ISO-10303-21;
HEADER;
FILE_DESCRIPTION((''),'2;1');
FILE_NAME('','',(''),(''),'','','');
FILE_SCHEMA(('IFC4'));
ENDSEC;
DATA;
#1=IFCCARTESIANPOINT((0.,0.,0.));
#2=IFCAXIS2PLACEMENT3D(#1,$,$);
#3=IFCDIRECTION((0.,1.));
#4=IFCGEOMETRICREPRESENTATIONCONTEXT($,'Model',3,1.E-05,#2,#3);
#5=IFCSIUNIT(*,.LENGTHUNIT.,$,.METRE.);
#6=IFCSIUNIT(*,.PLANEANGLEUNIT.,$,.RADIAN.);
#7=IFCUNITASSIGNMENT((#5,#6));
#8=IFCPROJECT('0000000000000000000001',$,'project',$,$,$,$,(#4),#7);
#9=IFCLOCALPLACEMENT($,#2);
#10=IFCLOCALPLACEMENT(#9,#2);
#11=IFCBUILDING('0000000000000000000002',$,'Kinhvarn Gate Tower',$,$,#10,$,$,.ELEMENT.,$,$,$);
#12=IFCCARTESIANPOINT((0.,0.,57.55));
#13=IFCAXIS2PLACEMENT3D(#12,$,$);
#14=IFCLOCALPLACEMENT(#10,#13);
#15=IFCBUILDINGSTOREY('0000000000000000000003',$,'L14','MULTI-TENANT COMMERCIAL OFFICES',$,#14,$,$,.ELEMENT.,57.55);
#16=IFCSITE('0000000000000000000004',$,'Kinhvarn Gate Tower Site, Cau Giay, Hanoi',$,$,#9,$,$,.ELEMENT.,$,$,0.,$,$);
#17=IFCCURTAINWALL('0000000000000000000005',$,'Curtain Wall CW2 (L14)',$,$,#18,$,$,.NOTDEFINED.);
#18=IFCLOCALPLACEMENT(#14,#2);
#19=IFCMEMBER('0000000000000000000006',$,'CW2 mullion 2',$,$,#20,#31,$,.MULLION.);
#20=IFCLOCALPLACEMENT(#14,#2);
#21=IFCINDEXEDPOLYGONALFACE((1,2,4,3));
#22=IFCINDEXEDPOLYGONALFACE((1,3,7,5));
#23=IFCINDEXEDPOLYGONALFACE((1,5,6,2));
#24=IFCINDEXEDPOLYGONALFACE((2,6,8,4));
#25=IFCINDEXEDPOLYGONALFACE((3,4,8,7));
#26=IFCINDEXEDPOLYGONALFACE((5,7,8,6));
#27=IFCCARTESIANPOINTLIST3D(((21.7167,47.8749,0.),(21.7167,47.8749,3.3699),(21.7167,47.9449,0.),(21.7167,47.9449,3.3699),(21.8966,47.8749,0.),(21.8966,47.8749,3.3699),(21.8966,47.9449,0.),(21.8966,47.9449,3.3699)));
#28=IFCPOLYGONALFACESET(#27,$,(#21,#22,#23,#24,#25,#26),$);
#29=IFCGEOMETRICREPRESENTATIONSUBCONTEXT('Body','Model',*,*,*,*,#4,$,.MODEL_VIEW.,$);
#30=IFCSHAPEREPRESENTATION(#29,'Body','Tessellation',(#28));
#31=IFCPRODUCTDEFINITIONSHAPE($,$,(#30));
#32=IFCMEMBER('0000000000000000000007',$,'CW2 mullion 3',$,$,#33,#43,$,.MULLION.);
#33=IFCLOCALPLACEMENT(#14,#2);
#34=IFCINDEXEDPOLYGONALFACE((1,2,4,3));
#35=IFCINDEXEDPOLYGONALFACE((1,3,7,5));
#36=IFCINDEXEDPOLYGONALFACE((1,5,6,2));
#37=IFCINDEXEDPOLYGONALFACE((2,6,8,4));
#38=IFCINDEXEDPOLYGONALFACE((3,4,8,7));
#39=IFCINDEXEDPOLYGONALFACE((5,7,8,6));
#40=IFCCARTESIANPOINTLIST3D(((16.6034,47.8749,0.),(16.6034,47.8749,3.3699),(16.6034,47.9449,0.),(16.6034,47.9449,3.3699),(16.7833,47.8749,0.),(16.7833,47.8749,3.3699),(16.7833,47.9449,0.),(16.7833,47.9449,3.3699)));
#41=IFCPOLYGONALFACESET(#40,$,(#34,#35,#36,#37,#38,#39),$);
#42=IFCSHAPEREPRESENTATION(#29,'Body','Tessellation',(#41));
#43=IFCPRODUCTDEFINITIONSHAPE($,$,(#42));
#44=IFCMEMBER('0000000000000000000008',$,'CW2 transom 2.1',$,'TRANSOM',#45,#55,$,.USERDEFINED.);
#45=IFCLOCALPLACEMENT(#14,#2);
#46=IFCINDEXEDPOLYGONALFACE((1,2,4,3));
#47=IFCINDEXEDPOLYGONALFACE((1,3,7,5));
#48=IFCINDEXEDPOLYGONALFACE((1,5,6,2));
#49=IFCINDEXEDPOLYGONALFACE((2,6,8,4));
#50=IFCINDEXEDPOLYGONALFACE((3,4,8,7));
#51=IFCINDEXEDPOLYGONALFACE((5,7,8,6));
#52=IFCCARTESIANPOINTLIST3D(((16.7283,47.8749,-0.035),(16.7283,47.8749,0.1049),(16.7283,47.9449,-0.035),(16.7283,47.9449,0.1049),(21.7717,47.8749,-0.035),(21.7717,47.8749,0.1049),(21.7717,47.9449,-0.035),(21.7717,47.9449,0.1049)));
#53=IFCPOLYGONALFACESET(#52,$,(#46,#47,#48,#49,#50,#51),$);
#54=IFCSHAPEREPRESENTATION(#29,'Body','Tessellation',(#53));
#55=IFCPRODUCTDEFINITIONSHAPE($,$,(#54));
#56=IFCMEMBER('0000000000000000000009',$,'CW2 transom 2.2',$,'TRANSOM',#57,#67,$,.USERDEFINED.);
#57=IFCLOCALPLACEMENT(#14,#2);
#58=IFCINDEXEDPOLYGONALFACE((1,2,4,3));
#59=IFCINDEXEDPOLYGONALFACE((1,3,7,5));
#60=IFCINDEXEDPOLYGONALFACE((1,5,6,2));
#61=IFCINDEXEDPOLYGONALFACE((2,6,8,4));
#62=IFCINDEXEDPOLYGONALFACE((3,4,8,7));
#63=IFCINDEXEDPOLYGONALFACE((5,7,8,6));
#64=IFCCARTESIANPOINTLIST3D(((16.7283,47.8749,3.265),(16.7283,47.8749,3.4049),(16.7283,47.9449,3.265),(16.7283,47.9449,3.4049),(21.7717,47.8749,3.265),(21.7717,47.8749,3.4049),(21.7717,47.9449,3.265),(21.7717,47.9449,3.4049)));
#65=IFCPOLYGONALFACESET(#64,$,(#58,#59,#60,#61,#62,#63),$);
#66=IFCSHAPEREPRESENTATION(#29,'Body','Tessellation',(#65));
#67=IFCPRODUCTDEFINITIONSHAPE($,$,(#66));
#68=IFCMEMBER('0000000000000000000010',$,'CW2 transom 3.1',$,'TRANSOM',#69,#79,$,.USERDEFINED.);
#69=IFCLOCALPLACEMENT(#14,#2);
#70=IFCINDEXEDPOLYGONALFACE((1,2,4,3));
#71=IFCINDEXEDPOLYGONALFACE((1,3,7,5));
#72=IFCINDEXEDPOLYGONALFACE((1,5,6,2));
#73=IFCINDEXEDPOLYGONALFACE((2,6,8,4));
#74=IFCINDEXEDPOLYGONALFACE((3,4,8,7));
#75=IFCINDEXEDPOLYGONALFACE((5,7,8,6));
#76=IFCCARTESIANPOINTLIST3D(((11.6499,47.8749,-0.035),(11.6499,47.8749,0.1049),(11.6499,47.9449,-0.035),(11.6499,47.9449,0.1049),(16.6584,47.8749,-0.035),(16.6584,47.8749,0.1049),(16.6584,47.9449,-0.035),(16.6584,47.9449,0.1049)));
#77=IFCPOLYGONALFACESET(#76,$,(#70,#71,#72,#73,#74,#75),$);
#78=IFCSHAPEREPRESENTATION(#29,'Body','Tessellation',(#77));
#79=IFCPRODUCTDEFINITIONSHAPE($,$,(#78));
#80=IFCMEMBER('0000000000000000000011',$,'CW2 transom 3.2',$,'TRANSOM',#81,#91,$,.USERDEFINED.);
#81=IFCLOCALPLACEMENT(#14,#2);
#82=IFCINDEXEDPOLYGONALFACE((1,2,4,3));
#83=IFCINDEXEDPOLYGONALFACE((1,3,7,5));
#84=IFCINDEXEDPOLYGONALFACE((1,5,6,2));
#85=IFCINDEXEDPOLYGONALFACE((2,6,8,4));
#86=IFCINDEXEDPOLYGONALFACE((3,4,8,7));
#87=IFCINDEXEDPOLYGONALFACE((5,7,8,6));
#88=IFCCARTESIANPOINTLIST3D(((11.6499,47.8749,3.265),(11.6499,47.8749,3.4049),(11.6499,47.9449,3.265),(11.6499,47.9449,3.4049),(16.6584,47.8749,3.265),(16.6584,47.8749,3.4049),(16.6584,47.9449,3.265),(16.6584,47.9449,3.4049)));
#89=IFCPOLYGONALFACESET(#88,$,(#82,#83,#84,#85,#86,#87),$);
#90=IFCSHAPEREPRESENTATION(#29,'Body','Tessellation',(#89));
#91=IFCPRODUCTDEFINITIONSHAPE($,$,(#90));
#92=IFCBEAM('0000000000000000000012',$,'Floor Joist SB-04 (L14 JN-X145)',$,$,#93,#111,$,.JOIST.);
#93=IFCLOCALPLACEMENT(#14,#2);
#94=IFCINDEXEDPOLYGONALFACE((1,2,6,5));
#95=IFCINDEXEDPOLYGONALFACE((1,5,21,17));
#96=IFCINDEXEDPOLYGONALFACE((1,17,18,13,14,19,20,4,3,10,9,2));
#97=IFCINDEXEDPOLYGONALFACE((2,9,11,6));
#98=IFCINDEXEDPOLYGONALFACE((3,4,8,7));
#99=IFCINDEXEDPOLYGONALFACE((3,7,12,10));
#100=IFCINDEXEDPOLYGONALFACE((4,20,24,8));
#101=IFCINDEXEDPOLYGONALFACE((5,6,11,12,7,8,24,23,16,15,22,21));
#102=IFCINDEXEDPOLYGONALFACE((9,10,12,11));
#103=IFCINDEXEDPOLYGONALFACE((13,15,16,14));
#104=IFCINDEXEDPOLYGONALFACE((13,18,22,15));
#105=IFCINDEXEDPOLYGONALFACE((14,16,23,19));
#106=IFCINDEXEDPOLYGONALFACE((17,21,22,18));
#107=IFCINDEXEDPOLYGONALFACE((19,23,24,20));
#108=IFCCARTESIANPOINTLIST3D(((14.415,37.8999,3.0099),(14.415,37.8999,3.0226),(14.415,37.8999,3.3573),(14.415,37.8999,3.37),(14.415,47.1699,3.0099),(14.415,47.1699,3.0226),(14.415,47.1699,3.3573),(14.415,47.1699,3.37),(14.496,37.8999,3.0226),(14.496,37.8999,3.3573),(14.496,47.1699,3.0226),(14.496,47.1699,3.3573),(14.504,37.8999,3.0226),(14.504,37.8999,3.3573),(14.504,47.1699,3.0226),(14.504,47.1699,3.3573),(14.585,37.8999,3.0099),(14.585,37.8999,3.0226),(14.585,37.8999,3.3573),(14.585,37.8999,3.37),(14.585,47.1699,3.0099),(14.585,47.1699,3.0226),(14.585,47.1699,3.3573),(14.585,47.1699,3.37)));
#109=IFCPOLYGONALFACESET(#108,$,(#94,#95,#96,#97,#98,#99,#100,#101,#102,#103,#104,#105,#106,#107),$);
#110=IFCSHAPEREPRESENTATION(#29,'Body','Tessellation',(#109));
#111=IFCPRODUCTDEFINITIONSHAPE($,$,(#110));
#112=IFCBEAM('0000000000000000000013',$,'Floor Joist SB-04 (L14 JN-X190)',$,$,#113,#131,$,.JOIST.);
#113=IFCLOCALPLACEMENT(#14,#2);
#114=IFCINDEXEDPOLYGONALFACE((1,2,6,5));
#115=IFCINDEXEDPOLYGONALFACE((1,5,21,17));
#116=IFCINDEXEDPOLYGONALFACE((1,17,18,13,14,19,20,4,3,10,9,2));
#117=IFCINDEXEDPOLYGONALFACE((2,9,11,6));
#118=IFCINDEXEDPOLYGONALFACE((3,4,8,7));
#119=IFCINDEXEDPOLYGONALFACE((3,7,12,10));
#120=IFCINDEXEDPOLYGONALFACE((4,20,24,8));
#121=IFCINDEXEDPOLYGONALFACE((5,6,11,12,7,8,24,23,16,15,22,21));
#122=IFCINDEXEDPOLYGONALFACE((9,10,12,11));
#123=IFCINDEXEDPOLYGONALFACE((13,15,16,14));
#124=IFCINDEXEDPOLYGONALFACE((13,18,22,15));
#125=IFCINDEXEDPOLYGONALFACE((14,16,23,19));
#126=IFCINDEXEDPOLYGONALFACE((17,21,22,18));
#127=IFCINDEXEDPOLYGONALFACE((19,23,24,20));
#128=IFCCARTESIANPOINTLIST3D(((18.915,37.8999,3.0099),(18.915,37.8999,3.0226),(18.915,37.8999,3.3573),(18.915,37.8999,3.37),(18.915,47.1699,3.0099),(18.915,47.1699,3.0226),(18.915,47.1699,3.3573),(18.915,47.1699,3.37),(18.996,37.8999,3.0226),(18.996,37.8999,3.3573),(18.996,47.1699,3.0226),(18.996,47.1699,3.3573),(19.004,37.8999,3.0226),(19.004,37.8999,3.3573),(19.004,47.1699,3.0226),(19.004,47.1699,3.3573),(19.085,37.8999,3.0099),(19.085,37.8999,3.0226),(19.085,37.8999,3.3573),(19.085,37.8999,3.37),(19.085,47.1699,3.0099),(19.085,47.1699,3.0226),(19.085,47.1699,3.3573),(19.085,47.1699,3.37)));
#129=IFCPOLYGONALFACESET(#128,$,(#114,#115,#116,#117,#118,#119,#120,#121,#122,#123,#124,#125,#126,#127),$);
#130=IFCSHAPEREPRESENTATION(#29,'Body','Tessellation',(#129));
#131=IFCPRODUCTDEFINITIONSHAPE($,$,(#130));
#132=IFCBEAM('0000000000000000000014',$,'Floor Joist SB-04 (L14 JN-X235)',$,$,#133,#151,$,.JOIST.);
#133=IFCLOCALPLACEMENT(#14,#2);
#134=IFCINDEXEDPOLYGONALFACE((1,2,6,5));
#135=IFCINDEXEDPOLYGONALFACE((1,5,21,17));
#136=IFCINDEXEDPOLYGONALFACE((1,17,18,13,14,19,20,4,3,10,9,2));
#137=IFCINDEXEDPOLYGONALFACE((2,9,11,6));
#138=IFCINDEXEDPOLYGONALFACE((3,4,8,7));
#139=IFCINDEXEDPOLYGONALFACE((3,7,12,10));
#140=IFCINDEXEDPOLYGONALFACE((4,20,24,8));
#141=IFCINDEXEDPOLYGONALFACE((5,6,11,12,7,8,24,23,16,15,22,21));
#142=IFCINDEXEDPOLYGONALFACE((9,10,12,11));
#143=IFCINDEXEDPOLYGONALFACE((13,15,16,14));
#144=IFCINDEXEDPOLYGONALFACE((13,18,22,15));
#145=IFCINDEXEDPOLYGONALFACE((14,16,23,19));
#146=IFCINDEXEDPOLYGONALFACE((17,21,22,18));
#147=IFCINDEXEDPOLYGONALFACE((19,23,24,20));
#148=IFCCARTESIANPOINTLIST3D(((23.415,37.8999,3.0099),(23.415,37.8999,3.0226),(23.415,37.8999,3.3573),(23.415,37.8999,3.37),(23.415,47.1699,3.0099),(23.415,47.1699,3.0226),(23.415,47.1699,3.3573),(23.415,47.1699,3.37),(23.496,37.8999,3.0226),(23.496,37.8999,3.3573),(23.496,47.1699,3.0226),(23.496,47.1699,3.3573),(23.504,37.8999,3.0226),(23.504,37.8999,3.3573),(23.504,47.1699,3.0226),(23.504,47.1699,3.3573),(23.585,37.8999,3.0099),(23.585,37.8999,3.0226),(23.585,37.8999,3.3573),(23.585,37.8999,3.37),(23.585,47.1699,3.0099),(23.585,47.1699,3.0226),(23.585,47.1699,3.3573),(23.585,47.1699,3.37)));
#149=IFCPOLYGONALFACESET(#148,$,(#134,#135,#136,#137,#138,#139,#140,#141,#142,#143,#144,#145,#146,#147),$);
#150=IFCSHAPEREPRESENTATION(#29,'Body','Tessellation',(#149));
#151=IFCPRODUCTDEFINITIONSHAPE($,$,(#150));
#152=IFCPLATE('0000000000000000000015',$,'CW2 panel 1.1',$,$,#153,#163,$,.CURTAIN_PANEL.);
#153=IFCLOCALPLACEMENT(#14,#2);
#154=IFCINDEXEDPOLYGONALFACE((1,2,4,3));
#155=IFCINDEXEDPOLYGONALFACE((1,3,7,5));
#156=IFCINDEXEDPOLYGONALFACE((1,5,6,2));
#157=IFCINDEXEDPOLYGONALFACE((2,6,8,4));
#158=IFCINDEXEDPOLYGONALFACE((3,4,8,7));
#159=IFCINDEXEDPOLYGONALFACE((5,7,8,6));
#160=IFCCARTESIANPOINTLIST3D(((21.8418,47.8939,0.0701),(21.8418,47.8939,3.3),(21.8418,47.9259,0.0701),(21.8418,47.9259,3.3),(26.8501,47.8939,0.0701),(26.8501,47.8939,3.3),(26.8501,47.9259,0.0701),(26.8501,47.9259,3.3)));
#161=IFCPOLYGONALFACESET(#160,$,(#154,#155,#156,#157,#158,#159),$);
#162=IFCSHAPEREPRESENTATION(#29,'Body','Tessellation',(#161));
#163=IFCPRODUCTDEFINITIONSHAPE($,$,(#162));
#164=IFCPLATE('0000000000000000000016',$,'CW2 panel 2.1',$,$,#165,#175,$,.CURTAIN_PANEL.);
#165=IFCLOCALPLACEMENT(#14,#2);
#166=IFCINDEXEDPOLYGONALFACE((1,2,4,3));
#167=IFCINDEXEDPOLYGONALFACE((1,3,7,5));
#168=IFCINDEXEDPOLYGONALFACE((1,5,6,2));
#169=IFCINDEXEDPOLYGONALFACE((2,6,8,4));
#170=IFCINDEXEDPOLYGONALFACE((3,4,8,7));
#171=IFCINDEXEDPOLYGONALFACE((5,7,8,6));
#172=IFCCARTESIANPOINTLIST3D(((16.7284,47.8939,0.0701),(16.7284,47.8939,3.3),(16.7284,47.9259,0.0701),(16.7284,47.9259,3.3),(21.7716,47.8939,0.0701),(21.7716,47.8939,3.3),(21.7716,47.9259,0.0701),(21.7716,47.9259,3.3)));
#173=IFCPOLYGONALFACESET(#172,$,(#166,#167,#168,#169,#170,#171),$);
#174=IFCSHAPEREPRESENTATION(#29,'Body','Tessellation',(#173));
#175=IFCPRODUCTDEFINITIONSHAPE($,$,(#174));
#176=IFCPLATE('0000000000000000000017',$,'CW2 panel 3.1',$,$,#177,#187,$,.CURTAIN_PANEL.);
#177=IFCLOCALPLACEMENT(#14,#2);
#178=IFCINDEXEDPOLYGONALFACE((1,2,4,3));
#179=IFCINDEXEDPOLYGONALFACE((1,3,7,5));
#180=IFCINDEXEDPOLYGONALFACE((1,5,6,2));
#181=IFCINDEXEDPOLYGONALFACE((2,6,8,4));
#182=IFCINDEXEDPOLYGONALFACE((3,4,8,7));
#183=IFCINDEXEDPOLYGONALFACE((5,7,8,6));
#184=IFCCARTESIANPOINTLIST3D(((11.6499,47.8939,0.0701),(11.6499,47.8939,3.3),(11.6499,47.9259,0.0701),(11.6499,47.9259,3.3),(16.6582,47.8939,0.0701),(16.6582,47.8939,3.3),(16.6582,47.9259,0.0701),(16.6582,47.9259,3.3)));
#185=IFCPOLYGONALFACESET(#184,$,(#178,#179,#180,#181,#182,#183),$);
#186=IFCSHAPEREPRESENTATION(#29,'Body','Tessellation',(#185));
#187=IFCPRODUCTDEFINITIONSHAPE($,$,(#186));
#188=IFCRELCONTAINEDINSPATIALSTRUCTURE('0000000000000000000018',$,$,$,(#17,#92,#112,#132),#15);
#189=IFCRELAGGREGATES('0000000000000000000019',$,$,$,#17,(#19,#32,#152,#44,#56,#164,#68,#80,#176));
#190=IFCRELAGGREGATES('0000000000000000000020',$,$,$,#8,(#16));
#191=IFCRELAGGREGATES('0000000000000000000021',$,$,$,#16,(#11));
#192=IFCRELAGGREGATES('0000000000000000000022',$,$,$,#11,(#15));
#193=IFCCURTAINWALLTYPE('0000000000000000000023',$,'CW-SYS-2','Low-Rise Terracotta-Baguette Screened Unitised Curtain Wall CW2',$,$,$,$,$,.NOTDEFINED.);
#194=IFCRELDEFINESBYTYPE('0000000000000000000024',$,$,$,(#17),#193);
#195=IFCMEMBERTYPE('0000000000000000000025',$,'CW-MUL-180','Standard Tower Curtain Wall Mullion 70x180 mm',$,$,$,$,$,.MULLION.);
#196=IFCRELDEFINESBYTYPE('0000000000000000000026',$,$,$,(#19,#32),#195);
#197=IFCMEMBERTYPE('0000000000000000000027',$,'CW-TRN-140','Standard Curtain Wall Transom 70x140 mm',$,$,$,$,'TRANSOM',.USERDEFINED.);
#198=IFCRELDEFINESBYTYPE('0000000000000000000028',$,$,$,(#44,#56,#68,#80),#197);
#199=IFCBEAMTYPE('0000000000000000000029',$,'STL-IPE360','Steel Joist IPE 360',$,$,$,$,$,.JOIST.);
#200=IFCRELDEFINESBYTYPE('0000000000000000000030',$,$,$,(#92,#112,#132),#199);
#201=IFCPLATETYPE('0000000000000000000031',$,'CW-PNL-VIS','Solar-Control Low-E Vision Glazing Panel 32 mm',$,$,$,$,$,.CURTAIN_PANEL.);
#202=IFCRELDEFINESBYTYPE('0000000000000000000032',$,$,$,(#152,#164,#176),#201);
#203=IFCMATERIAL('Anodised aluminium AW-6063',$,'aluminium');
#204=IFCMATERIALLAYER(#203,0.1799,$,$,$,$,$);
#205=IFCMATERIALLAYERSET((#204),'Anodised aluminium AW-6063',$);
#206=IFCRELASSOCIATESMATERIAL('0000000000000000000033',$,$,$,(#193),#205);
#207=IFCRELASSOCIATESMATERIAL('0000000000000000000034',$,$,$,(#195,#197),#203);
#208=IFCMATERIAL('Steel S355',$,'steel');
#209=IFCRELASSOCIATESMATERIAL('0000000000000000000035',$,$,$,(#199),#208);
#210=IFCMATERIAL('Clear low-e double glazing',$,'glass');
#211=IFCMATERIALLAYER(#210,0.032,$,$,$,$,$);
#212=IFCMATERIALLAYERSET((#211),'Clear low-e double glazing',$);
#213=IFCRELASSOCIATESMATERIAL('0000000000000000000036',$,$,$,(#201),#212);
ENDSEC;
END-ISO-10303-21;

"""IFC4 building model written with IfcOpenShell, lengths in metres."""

from ifc_helpers import new_model, si_unit, direction, frame, origin, origin_2d, place, context, subcontext, project, spatial, rectangle, i_section, extrude, material, layer, layer_set, material_profile, profile_set, type_object, element, aggregate, save


model = new_model("IFC4")

# Units and contexts
model_context = context("Model", 3, precision=1e-05, world=origin(), true_north=direction((0.0, 1.0)))
body_context = subcontext(model_context, "Body", "Model", "MODEL_VIEW")
ifc_project = project(units=[si_unit("LENGTHUNIT", "METRE"), si_unit("PLANEANGLEUNIT", "RADIAN")], contexts=[model_context])

# Site, building, storey
site_placement = place(None, origin())
site = spatial("IfcSite", under=ifc_project, at=site_placement, Name="Kinhvarn Gate Tower Site, Cau Giay, Hanoi", CompositionType="ELEMENT", RefElevation=0.0)
building_placement = place(site_placement, origin())
building = spatial("IfcBuilding", under=site, at=building_placement, Name="Kinhvarn Gate Tower", CompositionType="ELEMENT")
storey_placement = place(building_placement, frame((0.0, 0.0, 57.55)))
storey = spatial("IfcBuildingStorey", under=building, at=storey_placement, Name="L14", Description="MULTI-TENANT COMMERCIAL OFFICES", CompositionType="ELEMENT", Elevation=57.55)

# Curtain wall, members
ifc_material_1 = material(Name="Anodised aluminium AW-6063", Category="aluminium")
ifc_layer_1 = layer(ifc_material_1, 0.1799)
ifc_layer_set_1 = layer_set([ifc_layer_1], Name="Anodised aluminium AW-6063")
curtain_wall_type = type_object("IfcCurtainWallType", Name="CW-SYS-2", Description="Low-Rise Terracotta-Baguette Screened Unitised Curtain Wall CW2", PredefinedType="NOTDEFINED", material=ifc_layer_set_1)
curtain_wall_placement = place(storey_placement, origin())
curtain_wall = element("IfcCurtainWall", 1, at=curtain_wall_placement, inside=storey, type_object=curtain_wall_type, Name="Curtain Wall CW2 (L14)", PredefinedType="NOTDEFINED")
ifc_material_profile_1 = material_profile(ifc_material_1, rectangle(XDim=0.0701, YDim=0.1799, at=origin_2d()), Name="ALU 70x180")
ifc_profile_set_1 = profile_set([ifc_material_profile_1], Name="Anodised aluminium AW-6063")
member_type_1 = type_object("IfcMemberType", Name="CW-MUL-180", Description="Standard Tower Curtain Wall Mullion 70x180 mm", PredefinedType="MULLION", material=ifc_profile_set_1)
member_1_placement = place(storey_placement, frame((21.8066, 47.9099, 0.0), z_axis=(0.0, 0.0, 1.0), x_axis=(0.0, -1.0, 0.0)))
member_1 = element("IfcMember", 2, at=member_1_placement, type_object=member_type_1, Name="CW2 mullion 2", PredefinedType="MULLION", context=body_context, shape_type="SweptSolid", body=[
    extrude(rectangle(XDim=0.0701, YDim=0.1799, at=origin_2d()), origin(), (0.0, 0.0, 1.0), 3.3699),
])
member_2_placement = place(storey_placement, frame((16.6934, 47.9099, 0.0), z_axis=(0.0, 0.0, 1.0), x_axis=(0.0, -1.0, 0.0)))
member_2 = element("IfcMember", 3, at=member_2_placement, type_object=member_type_1, Name="CW2 mullion 3", PredefinedType="MULLION", context=body_context, shape_type="SweptSolid", body=[
    extrude(rectangle(XDim=0.0701, YDim=0.1799, at=origin_2d()), origin(), (0.0, 0.0, 1.0), 3.3699),
])
ifc_material_profile_2 = material_profile(ifc_material_1, rectangle(XDim=0.0701, YDim=0.1399, at=origin_2d()), Name="ALU 70x140")
ifc_profile_set_2 = profile_set([ifc_material_profile_2], Name="Anodised aluminium AW-6063")
member_type_2 = type_object("IfcMemberType", Name="CW-TRN-140", Description="Standard Curtain Wall Transom 70x140 mm", ElementType="TRANSOM", PredefinedType="USERDEFINED", material=ifc_profile_set_2)
member_3_placement = place(storey_placement, frame((21.7717, 47.9099, 0.0349), z_axis=(-1.0, 0.0, 0.0), x_axis=(0.0, -1.0, 0.0)))
member_3 = element("IfcMember", 4, at=member_3_placement, type_object=member_type_2, Name="CW2 transom 2.1", ObjectType="TRANSOM", PredefinedType="USERDEFINED", context=body_context, shape_type="SweptSolid", body=[
    extrude(rectangle(XDim=0.0701, YDim=0.1399, at=origin_2d()), origin(), (0.0, 0.0, 1.0), 5.0435),
])
member_4_placement = place(storey_placement, frame((21.7717, 47.9099, 3.335), z_axis=(-1.0, 0.0, 0.0), x_axis=(0.0, -1.0, 0.0)))
member_4 = element("IfcMember", 5, at=member_4_placement, type_object=member_type_2, Name="CW2 transom 2.2", ObjectType="TRANSOM", PredefinedType="USERDEFINED", context=body_context, shape_type="SweptSolid", body=[
    extrude(rectangle(XDim=0.0701, YDim=0.1399, at=origin_2d()), origin(), (0.0, 0.0, 1.0), 5.0435),
])
member_5_placement = place(storey_placement, frame((16.6584, 47.9099, 0.0349), z_axis=(-1.0, 0.0, 0.0), x_axis=(0.0, -1.0, 0.0)))
member_5 = element("IfcMember", 6, at=member_5_placement, type_object=member_type_2, Name="CW2 transom 3.1", ObjectType="TRANSOM", PredefinedType="USERDEFINED", context=body_context, shape_type="SweptSolid", body=[
    extrude(rectangle(XDim=0.0701, YDim=0.1399, at=origin_2d()), origin(), (0.0, 0.0, 1.0), 5.0085),
])
member_6_placement = place(storey_placement, frame((16.6584, 47.9099, 3.335), z_axis=(-1.0, 0.0, 0.0), x_axis=(0.0, -1.0, 0.0)))
member_6 = element("IfcMember", 7, at=member_6_placement, type_object=member_type_2, Name="CW2 transom 3.2", ObjectType="TRANSOM", PredefinedType="USERDEFINED", context=body_context, shape_type="SweptSolid", body=[
    extrude(rectangle(XDim=0.0701, YDim=0.1399, at=origin_2d()), origin(), (0.0, 0.0, 1.0), 5.0085),
])

# Beams
ifc_material_2 = material(Name="Steel S355", Category="steel")
ifc_material_profile_3 = material_profile(ifc_material_2, i_section(OverallWidth=0.1699, OverallDepth=0.3601, WebThickness=0.0081, FlangeThickness=0.0127, at=origin_2d()), Name="IPE 360")
ifc_profile_set_3 = profile_set([ifc_material_profile_3], Name="Steel S355")
beam_type = type_object("IfcBeamType", Name="STL-IPE360", Description="Steel Joist IPE 360", PredefinedType="JOIST", material=ifc_profile_set_3)
for number, where, z_axis, x_axis, name in (
    (8, (14.5, 37.8999, 3.1899), (0.0, 1.0, 0.0), (-1.0, 0.0, 0.0), "Floor Joist SB-04 (L14 JN-X145)"),
    (9, (19.0, 37.8999, 3.1899), (0.0, 1.0, 0.0), (-1.0, 0.0, 0.0), "Floor Joist SB-04 (L14 JN-X190)"),
    (10, (23.5, 37.8999, 3.1899), (0.0, 1.0, 0.0), (-1.0, 0.0, 0.0), "Floor Joist SB-04 (L14 JN-X235)"),
):
    element("IfcBeam", number, at=place(storey_placement, frame(where, z_axis=z_axis, x_axis=x_axis)), inside=storey, type_object=beam_type, Name=name, PredefinedType="JOIST", context=body_context, shape_type="SweptSolid", body=[
        extrude(i_section(OverallWidth=0.1699, OverallDepth=0.3601, WebThickness=0.0081, FlangeThickness=0.0127, at=origin_2d()), origin(), (0.0, 0.0, 1.0), 9.27),
    ])

# Plates
ifc_material_3 = material(Name="Clear low-e double glazing", Category="glass")
ifc_layer_2 = layer(ifc_material_3, 0.032)
ifc_layer_set_2 = layer_set([ifc_layer_2], Name="Clear low-e double glazing")
plate_type = type_object("IfcPlateType", Name="CW-PNL-VIS", Description="Solar-Control Low-E Vision Glazing Panel 32 mm", PredefinedType="CURTAIN_PANEL", material=ifc_layer_set_2)
plate_1_placement = place(storey_placement, frame((24.3459, 47.9099, 0.0701), z_axis=(0.0, 0.0, 1.0), x_axis=(-1.0, 0.0, 0.0)))
plate_1 = element("IfcPlate", 11, at=plate_1_placement, type_object=plate_type, Name="CW2 panel 1.1", PredefinedType="CURTAIN_PANEL", context=body_context, shape_type="SweptSolid", body=[
    extrude(rectangle(XDim=5.0083, YDim=0.032, at=origin_2d()), origin(), (0.0, 0.0, 1.0), 3.23),
])
plate_2_placement = place(storey_placement, frame((19.25, 47.9099, 0.0701), z_axis=(0.0, 0.0, 1.0), x_axis=(-1.0, 0.0, 0.0)))
plate_2 = element("IfcPlate", 12, at=plate_2_placement, type_object=plate_type, Name="CW2 panel 2.1", PredefinedType="CURTAIN_PANEL", context=body_context, shape_type="SweptSolid", body=[
    extrude(rectangle(XDim=5.0432, YDim=0.032, at=origin_2d()), origin(), (0.0, 0.0, 1.0), 3.23),
])
plate_3_placement = place(storey_placement, frame((14.1541, 47.9099, 0.0701), z_axis=(0.0, 0.0, 1.0), x_axis=(-1.0, 0.0, 0.0)))
plate_3 = element("IfcPlate", 13, at=plate_3_placement, type_object=plate_type, Name="CW2 panel 3.1", PredefinedType="CURTAIN_PANEL", context=body_context, shape_type="SweptSolid", body=[
    extrude(rectangle(XDim=5.0083, YDim=0.032, at=origin_2d()), origin(), (0.0, 0.0, 1.0), 3.23),
])
aggregate(curtain_wall, [member_1, member_2, plate_1, member_3, member_4, plate_2, member_5, member_6, plate_3])

save(model, "model.ifc")
